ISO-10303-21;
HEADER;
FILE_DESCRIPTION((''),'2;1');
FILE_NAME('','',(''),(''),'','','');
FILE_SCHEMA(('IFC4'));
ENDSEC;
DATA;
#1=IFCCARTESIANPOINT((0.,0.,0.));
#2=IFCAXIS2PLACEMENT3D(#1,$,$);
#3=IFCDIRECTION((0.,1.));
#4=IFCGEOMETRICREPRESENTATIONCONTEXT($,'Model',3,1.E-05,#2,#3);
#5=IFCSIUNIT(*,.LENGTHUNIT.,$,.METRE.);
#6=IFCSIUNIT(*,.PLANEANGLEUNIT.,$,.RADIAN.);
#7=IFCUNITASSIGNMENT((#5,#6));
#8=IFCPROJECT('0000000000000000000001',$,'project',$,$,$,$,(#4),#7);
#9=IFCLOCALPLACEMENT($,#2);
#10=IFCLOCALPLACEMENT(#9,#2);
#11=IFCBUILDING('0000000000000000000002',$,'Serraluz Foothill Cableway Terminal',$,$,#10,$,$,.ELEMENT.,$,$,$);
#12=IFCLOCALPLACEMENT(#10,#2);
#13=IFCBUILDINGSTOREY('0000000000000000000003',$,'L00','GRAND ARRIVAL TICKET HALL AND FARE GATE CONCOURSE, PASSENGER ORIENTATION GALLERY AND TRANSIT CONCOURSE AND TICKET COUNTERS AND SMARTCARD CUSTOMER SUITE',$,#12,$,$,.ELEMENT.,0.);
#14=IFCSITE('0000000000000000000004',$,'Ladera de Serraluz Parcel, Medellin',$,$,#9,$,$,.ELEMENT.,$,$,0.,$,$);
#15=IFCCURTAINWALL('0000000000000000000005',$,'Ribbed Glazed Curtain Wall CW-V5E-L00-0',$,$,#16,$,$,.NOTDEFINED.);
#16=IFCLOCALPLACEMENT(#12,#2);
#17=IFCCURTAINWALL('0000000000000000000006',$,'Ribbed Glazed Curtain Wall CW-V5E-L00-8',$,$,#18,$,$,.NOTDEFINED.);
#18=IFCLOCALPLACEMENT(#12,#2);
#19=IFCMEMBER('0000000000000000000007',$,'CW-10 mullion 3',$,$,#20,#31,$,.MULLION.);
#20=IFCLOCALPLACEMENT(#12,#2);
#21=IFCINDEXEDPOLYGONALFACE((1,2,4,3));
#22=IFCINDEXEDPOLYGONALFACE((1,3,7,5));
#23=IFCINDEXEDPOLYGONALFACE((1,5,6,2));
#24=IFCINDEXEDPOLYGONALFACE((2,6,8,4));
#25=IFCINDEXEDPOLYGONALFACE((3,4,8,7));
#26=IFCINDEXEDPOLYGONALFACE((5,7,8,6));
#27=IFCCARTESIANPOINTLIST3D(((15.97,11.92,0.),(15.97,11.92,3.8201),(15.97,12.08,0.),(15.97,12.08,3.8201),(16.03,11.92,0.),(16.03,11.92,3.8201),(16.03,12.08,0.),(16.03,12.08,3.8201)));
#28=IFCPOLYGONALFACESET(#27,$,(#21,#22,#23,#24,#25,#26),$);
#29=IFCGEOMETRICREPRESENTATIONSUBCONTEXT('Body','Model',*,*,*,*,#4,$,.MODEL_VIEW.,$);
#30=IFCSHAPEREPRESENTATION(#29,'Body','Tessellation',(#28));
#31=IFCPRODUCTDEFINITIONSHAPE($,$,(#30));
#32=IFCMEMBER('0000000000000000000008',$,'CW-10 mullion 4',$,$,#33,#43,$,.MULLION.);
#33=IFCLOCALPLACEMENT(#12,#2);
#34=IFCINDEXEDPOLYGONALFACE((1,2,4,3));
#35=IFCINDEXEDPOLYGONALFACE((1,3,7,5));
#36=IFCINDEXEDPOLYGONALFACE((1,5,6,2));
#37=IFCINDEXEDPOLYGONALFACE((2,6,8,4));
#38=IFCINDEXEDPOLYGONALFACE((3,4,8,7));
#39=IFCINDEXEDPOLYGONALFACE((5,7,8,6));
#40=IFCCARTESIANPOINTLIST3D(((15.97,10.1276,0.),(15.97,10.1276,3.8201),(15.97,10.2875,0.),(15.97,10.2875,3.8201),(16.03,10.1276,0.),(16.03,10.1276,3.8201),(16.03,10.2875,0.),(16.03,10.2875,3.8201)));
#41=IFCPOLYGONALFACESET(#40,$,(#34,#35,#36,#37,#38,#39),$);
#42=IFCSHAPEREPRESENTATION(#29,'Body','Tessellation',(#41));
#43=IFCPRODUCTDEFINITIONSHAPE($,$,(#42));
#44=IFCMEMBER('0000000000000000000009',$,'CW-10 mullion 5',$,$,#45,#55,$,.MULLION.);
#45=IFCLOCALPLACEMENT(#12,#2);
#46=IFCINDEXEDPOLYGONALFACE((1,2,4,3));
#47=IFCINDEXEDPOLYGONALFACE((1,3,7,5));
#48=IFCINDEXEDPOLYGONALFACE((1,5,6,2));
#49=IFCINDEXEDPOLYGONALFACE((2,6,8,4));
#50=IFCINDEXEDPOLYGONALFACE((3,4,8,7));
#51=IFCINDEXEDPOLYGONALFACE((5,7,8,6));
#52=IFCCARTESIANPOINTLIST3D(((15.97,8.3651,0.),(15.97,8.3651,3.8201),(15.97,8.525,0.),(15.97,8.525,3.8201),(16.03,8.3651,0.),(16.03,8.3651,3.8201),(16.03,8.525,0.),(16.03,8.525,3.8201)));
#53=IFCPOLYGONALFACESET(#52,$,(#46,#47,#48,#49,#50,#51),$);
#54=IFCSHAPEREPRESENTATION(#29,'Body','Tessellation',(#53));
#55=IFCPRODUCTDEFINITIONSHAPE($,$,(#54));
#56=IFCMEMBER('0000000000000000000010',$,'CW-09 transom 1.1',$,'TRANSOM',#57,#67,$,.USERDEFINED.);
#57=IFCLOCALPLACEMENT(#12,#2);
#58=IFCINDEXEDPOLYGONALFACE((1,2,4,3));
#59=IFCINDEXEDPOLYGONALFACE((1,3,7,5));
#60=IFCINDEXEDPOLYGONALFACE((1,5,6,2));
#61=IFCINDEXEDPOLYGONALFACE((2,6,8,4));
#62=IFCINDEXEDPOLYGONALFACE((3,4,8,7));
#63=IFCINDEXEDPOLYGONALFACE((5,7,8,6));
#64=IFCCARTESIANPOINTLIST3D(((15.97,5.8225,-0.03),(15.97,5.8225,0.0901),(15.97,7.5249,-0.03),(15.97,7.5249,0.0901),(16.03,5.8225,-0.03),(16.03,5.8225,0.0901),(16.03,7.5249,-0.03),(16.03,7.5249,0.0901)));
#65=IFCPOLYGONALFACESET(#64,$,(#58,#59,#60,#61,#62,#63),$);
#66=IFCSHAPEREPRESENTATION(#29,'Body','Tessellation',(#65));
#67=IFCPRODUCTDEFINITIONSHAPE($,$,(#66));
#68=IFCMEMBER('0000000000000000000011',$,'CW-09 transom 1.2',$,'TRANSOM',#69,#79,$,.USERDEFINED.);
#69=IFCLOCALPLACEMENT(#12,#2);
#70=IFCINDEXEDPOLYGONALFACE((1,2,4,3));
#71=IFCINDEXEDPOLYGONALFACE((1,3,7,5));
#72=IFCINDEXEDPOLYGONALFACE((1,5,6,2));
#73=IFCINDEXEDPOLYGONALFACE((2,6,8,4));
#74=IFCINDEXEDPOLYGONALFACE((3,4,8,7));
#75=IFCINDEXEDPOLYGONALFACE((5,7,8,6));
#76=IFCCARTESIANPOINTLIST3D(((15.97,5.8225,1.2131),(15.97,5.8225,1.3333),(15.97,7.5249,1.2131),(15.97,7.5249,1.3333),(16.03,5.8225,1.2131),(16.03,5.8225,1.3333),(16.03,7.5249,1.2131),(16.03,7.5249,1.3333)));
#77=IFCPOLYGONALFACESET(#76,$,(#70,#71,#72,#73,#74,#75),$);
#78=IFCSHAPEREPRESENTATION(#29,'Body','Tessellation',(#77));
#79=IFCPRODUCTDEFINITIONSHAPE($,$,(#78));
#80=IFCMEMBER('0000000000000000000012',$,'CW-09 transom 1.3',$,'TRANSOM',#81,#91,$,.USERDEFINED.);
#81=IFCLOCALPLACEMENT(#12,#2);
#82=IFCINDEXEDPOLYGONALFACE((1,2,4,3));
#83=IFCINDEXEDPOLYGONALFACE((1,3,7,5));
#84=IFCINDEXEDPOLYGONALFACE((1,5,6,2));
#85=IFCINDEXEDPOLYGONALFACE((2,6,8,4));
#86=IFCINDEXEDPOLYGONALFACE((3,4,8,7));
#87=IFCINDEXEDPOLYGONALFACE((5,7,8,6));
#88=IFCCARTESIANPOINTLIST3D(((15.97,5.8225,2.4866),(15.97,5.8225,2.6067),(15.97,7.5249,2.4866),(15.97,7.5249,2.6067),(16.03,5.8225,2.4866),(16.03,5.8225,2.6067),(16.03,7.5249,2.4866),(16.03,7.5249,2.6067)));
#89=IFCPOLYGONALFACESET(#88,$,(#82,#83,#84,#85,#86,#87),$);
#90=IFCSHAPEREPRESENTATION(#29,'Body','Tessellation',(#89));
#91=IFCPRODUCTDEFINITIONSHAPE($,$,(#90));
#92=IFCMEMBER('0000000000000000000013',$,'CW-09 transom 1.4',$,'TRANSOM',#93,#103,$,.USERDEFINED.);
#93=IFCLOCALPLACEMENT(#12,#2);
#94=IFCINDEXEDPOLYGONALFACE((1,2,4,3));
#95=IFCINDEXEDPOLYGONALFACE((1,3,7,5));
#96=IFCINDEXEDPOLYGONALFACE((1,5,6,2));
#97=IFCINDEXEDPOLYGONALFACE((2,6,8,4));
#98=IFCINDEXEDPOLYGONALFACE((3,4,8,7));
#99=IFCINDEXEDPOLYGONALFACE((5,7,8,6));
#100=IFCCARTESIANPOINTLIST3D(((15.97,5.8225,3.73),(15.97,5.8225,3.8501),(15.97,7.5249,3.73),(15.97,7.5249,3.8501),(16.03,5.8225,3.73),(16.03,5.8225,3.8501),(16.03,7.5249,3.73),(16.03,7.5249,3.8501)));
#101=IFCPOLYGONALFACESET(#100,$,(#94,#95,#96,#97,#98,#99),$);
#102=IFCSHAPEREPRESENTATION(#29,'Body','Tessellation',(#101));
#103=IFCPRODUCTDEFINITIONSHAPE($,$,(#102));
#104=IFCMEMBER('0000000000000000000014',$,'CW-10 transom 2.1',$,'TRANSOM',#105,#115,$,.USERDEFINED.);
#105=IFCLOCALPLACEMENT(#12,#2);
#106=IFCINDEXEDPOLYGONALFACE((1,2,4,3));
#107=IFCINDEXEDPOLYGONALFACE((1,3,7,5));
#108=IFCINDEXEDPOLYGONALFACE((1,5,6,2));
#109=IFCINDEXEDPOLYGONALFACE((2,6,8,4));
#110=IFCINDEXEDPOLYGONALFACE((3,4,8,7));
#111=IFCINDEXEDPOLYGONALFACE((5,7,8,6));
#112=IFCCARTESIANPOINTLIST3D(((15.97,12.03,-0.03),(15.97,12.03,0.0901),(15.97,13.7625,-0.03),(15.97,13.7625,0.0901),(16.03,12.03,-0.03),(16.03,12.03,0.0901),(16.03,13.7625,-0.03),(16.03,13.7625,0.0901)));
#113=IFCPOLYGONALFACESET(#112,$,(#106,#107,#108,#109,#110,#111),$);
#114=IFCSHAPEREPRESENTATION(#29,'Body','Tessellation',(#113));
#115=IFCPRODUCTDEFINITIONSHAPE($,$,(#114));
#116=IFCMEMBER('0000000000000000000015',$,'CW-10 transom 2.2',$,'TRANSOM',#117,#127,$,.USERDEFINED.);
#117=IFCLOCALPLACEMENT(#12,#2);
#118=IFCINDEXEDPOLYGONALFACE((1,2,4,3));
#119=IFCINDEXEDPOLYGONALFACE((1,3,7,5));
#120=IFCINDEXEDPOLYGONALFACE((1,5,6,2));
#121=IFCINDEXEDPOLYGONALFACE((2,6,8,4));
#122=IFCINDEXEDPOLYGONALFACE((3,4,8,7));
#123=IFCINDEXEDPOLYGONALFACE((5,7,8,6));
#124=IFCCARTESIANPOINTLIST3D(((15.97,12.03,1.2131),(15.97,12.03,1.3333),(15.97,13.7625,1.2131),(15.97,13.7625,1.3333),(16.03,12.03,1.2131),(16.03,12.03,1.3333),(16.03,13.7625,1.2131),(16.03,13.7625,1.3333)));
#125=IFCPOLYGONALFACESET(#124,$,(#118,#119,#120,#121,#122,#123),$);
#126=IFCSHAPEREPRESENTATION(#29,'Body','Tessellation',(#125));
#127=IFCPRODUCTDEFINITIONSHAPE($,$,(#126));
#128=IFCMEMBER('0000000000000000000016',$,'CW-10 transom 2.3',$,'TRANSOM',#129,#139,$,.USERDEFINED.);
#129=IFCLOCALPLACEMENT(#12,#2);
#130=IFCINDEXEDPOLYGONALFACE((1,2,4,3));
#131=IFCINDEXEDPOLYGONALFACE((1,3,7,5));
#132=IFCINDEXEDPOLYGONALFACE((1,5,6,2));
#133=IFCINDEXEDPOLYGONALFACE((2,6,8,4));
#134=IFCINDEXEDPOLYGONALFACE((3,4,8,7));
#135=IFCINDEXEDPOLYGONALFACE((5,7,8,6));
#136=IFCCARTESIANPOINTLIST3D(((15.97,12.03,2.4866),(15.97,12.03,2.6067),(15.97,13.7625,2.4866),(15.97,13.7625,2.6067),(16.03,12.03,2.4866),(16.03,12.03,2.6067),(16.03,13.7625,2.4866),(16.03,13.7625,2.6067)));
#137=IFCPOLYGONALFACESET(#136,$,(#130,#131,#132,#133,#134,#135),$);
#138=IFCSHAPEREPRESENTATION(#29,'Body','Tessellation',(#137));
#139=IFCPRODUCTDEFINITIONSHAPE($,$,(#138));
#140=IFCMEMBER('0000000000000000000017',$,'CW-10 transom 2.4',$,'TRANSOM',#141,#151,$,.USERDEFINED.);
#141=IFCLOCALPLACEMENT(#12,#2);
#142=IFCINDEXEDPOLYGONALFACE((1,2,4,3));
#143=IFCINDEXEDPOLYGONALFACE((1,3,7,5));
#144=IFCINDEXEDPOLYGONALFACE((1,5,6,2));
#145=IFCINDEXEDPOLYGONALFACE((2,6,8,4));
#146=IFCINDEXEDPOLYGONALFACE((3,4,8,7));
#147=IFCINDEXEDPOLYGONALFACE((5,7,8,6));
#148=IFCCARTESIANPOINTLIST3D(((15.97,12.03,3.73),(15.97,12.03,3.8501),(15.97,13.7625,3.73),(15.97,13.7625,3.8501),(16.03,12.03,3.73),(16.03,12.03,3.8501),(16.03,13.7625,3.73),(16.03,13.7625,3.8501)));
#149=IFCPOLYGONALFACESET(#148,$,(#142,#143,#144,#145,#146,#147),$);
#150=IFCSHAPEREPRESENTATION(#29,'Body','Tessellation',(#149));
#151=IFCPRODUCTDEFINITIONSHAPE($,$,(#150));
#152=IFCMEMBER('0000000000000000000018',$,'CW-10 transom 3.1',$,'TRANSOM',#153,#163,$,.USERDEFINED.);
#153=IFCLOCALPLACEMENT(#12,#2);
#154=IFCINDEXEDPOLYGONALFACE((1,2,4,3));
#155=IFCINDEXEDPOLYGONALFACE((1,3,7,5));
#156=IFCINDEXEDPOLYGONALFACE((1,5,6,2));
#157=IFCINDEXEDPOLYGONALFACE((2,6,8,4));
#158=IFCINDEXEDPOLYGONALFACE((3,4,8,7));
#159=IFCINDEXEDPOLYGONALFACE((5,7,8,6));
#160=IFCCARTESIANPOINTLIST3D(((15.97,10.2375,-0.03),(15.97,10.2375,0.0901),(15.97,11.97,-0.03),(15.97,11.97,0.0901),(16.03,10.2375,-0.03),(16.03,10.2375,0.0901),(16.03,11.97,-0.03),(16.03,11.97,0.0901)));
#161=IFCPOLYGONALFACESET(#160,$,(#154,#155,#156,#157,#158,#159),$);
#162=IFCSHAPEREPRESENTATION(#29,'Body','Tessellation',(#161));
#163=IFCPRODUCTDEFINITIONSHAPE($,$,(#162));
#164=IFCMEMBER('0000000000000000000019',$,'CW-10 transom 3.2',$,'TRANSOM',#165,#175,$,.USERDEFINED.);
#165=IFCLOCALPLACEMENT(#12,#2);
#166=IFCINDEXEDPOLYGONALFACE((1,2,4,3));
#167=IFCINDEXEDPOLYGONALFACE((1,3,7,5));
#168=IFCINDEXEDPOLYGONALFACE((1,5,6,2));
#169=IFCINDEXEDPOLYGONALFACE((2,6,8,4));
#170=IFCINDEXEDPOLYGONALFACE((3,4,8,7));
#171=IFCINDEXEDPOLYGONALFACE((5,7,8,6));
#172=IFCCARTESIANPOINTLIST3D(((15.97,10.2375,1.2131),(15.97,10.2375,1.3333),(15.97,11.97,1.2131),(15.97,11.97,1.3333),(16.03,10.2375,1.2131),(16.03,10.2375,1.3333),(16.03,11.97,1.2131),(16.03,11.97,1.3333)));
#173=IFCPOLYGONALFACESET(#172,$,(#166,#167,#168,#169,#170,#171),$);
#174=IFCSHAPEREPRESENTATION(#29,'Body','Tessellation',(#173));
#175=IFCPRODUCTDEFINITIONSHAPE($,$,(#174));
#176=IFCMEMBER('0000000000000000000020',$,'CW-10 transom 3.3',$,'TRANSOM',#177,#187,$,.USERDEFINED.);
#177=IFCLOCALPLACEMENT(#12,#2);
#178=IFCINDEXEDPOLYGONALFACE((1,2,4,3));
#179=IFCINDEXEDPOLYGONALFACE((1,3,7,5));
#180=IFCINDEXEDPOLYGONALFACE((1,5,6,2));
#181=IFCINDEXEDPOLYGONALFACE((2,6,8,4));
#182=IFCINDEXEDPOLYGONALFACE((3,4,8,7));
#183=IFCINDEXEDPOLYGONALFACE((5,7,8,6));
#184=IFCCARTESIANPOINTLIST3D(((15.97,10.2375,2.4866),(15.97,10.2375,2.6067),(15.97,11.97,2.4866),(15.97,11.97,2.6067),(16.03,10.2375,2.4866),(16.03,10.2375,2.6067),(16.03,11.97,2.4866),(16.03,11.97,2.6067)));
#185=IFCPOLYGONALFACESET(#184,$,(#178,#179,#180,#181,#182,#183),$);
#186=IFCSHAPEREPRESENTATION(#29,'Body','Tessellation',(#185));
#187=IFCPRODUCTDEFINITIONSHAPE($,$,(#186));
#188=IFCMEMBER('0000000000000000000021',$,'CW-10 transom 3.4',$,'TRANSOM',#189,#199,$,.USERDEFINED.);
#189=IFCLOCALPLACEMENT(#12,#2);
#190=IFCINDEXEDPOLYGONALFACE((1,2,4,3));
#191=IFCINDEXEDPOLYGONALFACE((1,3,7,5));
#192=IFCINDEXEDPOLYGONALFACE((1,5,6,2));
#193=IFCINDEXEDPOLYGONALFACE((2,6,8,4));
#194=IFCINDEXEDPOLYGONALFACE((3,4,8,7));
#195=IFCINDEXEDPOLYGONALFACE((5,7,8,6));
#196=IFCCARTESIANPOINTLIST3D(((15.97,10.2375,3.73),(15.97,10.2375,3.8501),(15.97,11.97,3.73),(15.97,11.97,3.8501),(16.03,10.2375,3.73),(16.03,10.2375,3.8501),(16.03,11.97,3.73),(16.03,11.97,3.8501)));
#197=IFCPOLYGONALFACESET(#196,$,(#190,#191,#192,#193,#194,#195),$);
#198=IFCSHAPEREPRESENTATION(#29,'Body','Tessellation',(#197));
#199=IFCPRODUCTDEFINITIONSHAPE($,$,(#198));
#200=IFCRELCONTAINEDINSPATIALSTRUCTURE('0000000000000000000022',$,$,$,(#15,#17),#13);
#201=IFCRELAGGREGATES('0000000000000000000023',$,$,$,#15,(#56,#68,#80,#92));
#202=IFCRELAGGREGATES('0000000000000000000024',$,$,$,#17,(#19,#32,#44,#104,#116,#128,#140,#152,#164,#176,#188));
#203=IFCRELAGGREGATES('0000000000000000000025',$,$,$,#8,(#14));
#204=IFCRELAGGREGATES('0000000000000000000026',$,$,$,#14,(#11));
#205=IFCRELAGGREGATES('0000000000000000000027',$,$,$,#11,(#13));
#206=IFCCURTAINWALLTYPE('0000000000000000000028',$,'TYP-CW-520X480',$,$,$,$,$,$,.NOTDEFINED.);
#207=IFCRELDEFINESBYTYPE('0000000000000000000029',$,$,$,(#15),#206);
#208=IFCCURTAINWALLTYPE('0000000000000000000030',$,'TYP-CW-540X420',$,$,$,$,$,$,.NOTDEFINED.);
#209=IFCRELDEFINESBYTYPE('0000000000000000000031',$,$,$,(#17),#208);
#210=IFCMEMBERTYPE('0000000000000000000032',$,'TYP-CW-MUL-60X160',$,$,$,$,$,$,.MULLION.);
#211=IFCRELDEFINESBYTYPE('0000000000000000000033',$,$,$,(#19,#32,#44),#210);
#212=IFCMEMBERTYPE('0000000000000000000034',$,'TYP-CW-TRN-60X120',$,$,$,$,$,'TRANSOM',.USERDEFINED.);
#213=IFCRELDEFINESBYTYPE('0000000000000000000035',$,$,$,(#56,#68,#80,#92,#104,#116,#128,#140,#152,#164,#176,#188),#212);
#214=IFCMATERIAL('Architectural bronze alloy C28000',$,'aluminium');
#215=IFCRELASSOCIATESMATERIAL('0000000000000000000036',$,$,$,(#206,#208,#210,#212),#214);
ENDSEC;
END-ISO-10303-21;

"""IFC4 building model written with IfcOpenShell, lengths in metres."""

from ifc_helpers import new_model, si_unit, direction, frame, origin, origin_2d, place, context, subcontext, project, spatial, rectangle, extrude, material, material_profile, profile_set, type_object, element, aggregate, save


model = new_model("IFC4")

# Units and contexts
model_context = context("Model", 3, precision=1e-05, world=origin(), true_north=direction((0.0, 1.0)))
body_context = subcontext(model_context, "Body", "Model", "MODEL_VIEW")
ifc_project = project(units=[si_unit("LENGTHUNIT", "METRE"), si_unit("PLANEANGLEUNIT", "RADIAN")], contexts=[model_context])

# Site, building, storey
site_placement = place(None, origin())
site = spatial("IfcSite", under=ifc_project, at=site_placement, Name="Ladera de Serraluz Parcel, Medellin", CompositionType="ELEMENT", RefElevation=0.0)
building_placement = place(site_placement, origin())
building = spatial("IfcBuilding", under=site, at=building_placement, Name="Serraluz Foothill Cableway Terminal", CompositionType="ELEMENT")
storey_placement = place(building_placement, origin())
storey = spatial("IfcBuildingStorey", under=building, at=storey_placement, Name="L00", Description="GRAND ARRIVAL TICKET HALL AND FARE GATE CONCOURSE, PASSENGER ORIENTATION GALLERY AND TRANSIT CONCOURSE AND TICKET COUNTERS AND SMARTCARD CUSTOMER SUITE", CompositionType="ELEMENT", Elevation=0.0)

# Curtain wall
ifc_material_1 = material(Name="Architectural bronze alloy C28000", Category="aluminium")
curtain_wall_type_1 = type_object("IfcCurtainWallType", Name="TYP-CW-520X480", PredefinedType="NOTDEFINED", material=ifc_material_1)
curtain_wall_1_placement = place(storey_placement, origin())
curtain_wall_1 = element("IfcCurtainWall", 1, at=curtain_wall_1_placement, inside=storey, type_object=curtain_wall_type_1, Name="Ribbed Glazed Curtain Wall CW-V5E-L00-0", PredefinedType="NOTDEFINED")
ifc_material_profile_1 = material_profile(ifc_material_1, rectangle(XDim=0.0601, YDim=0.1599, at=origin_2d()), Name="ALU MULLION 60x160")
ifc_profile_set_1 = profile_set([ifc_material_profile_1], Name="Architectural bronze alloy C28000")
member_type_1 = type_object("IfcMemberType", Name="TYP-CW-MUL-60X160", PredefinedType="MULLION", material=ifc_profile_set_1)

# Curtain wall, members
curtain_wall_type_2 = type_object("IfcCurtainWallType", Name="TYP-CW-540X420", PredefinedType="NOTDEFINED", material=ifc_material_1)
curtain_wall_2_placement = place(storey_placement, origin())
curtain_wall_2 = element("IfcCurtainWall", 2, at=curtain_wall_2_placement, inside=storey, type_object=curtain_wall_type_2, Name="Ribbed Glazed Curtain Wall CW-V5E-L00-8", PredefinedType="NOTDEFINED")
member_1_placement = place(storey_placement, frame((16.0, 12.0, 0.0), z_axis=(0.0, 0.0, 1.0), x_axis=(1.0, 0.0, 0.0)))
member_1 = element("IfcMember", 3, at=member_1_placement, type_object=member_type_1, Name="CW-10 mullion 3", PredefinedType="MULLION", context=body_context, shape_type="SweptSolid", body=[
    extrude(rectangle(XDim=0.0601, YDim=0.1599, at=origin_2d()), origin(), (0.0, 0.0, 1.0), 3.8201),
])
member_2_placement = place(storey_placement, frame((16.0, 10.2075, 0.0), z_axis=(0.0, 0.0, 1.0), x_axis=(1.0, 0.0, 0.0)))
member_2 = element("IfcMember", 4, at=member_2_placement, type_object=member_type_1, Name="CW-10 mullion 4", PredefinedType="MULLION", context=body_context, shape_type="SweptSolid", body=[
    extrude(rectangle(XDim=0.0601, YDim=0.1599, at=origin_2d()), origin(), (0.0, 0.0, 1.0), 3.8201),
])
member_3_placement = place(storey_placement, frame((16.0, 8.4451, 0.0), z_axis=(0.0, 0.0, 1.0), x_axis=(1.0, 0.0, 0.0)))
member_3 = element("IfcMember", 5, at=member_3_placement, type_object=member_type_1, Name="CW-10 mullion 5", PredefinedType="MULLION", context=body_context, shape_type="SweptSolid", body=[
    extrude(rectangle(XDim=0.0601, YDim=0.1599, at=origin_2d()), origin(), (0.0, 0.0, 1.0), 3.8201),
])

# Members
ifc_material_profile_2 = material_profile(ifc_material_1, rectangle(XDim=0.0601, YDim=0.1201, at=origin_2d()), Name="ALU TRANSOM 60x120")
ifc_profile_set_2 = profile_set([ifc_material_profile_2], Name="Architectural bronze alloy C28000")
member_type_2 = type_object("IfcMemberType", Name="TYP-CW-TRN-60X120", ElementType="TRANSOM", PredefinedType="USERDEFINED", material=ifc_profile_set_2)
member_4_placement = place(storey_placement, frame((16.0, 7.5249, 0.03), z_axis=(0.0, -1.0, 0.0), x_axis=(1.0, 0.0, 0.0)))
member_4 = element("IfcMember", 6, at=member_4_placement, type_object=member_type_2, Name="CW-09 transom 1.1", ObjectType="TRANSOM", PredefinedType="USERDEFINED", context=body_context, shape_type="SweptSolid", body=[
    extrude(rectangle(XDim=0.0601, YDim=0.1201, at=origin_2d()), origin(), (0.0, 0.0, 1.0), 1.7024),
])
member_5_placement = place(storey_placement, frame((16.0, 7.5249, 1.2732), z_axis=(0.0, -1.0, 0.0), x_axis=(1.0, 0.0, 0.0)))
member_5 = element("IfcMember", 7, at=member_5_placement, type_object=member_type_2, Name="CW-09 transom 1.2", ObjectType="TRANSOM", PredefinedType="USERDEFINED", context=body_context, shape_type="SweptSolid", body=[
    extrude(rectangle(XDim=0.0601, YDim=0.1201, at=origin_2d()), origin(), (0.0, 0.0, 1.0), 1.7024),
])
member_6_placement = place(storey_placement, frame((16.0, 7.5249, 2.5466), z_axis=(0.0, -1.0, 0.0), x_axis=(1.0, 0.0, 0.0)))
member_6 = element("IfcMember", 8, at=member_6_placement, type_object=member_type_2, Name="CW-09 transom 1.3", ObjectType="TRANSOM", PredefinedType="USERDEFINED", context=body_context, shape_type="SweptSolid", body=[
    extrude(rectangle(XDim=0.0601, YDim=0.1201, at=origin_2d()), origin(), (0.0, 0.0, 1.0), 1.7024),
])
member_7_placement = place(storey_placement, frame((16.0, 7.5249, 3.79), z_axis=(0.0, -1.0, 0.0), x_axis=(1.0, 0.0, 0.0)))
member_7 = element("IfcMember", 9, at=member_7_placement, type_object=member_type_2, Name="CW-09 transom 1.4", ObjectType="TRANSOM", PredefinedType="USERDEFINED", context=body_context, shape_type="SweptSolid", body=[
    extrude(rectangle(XDim=0.0601, YDim=0.1201, at=origin_2d()), origin(), (0.0, 0.0, 1.0), 1.7024),
])
member_8_placement = place(storey_placement, frame((16.0, 13.7625, 0.03), z_axis=(0.0, -1.0, 0.0), x_axis=(1.0, 0.0, 0.0)))
member_8 = element("IfcMember", 10, at=member_8_placement, type_object=member_type_2, Name="CW-10 transom 2.1", ObjectType="TRANSOM", PredefinedType="USERDEFINED", context=body_context, shape_type="SweptSolid", body=[
    extrude(rectangle(XDim=0.0601, YDim=0.1201, at=origin_2d()), origin(), (0.0, 0.0, 1.0), 1.7324),
])
member_9_placement = place(storey_placement, frame((16.0, 13.7625, 1.2732), z_axis=(0.0, -1.0, 0.0), x_axis=(1.0, 0.0, 0.0)))
member_9 = element("IfcMember", 11, at=member_9_placement, type_object=member_type_2, Name="CW-10 transom 2.2", ObjectType="TRANSOM", PredefinedType="USERDEFINED", context=body_context, shape_type="SweptSolid", body=[
    extrude(rectangle(XDim=0.0601, YDim=0.1201, at=origin_2d()), origin(), (0.0, 0.0, 1.0), 1.7324),
])
member_10_placement = place(storey_placement, frame((16.0, 13.7625, 2.5466), z_axis=(0.0, -1.0, 0.0), x_axis=(1.0, 0.0, 0.0)))
member_10 = element("IfcMember", 12, at=member_10_placement, type_object=member_type_2, Name="CW-10 transom 2.3", ObjectType="TRANSOM", PredefinedType="USERDEFINED", context=body_context, shape_type="SweptSolid", body=[
    extrude(rectangle(XDim=0.0601, YDim=0.1201, at=origin_2d()), origin(), (0.0, 0.0, 1.0), 1.7324),
])
member_11_placement = place(storey_placement, frame((16.0, 13.7625, 3.79), z_axis=(0.0, -1.0, 0.0), x_axis=(1.0, 0.0, 0.0)))
member_11 = element("IfcMember", 13, at=member_11_placement, type_object=member_type_2, Name="CW-10 transom 2.4", ObjectType="TRANSOM", PredefinedType="USERDEFINED", context=body_context, shape_type="SweptSolid", body=[
    extrude(rectangle(XDim=0.0601, YDim=0.1201, at=origin_2d()), origin(), (0.0, 0.0, 1.0), 1.7324),
])
member_12_placement = place(storey_placement, frame((16.0, 11.97, 0.03), z_axis=(0.0, -1.0, 0.0), x_axis=(1.0, 0.0, 0.0)))
member_12 = element("IfcMember", 14, at=member_12_placement, type_object=member_type_2, Name="CW-10 transom 3.1", ObjectType="TRANSOM", PredefinedType="USERDEFINED", context=body_context, shape_type="SweptSolid", body=[
    extrude(rectangle(XDim=0.0601, YDim=0.1201, at=origin_2d()), origin(), (0.0, 0.0, 1.0), 1.7324),
])
member_13_placement = place(storey_placement, frame((16.0, 11.97, 1.2732), z_axis=(0.0, -1.0, 0.0), x_axis=(1.0, 0.0, 0.0)))
member_13 = element("IfcMember", 15, at=member_13_placement, type_object=member_type_2, Name="CW-10 transom 3.2", ObjectType="TRANSOM", PredefinedType="USERDEFINED", context=body_context, shape_type="SweptSolid", body=[
    extrude(rectangle(XDim=0.0601, YDim=0.1201, at=origin_2d()), origin(), (0.0, 0.0, 1.0), 1.7324),
])
member_14_placement = place(storey_placement, frame((16.0, 11.97, 2.5466), z_axis=(0.0, -1.0, 0.0), x_axis=(1.0, 0.0, 0.0)))
member_14 = element("IfcMember", 16, at=member_14_placement, type_object=member_type_2, Name="CW-10 transom 3.3", ObjectType="TRANSOM", PredefinedType="USERDEFINED", context=body_context, shape_type="SweptSolid", body=[
    extrude(rectangle(XDim=0.0601, YDim=0.1201, at=origin_2d()), origin(), (0.0, 0.0, 1.0), 1.7324),
])
member_15_placement = place(storey_placement, frame((16.0, 11.97, 3.79), z_axis=(0.0, -1.0, 0.0), x_axis=(1.0, 0.0, 0.0)))
member_15 = element("IfcMember", 17, at=member_15_placement, type_object=member_type_2, Name="CW-10 transom 3.4", ObjectType="TRANSOM", PredefinedType="USERDEFINED", context=body_context, shape_type="SweptSolid", body=[
    extrude(rectangle(XDim=0.0601, YDim=0.1201, at=origin_2d()), origin(), (0.0, 0.0, 1.0), 1.7324),
])

aggregate(curtain_wall_1, [member_4, member_5, member_6, member_7])
aggregate(curtain_wall_2, [member_1, member_2, member_3, member_8, member_9, member_10, member_11, member_12, member_13, member_14, member_15])

save(model, "model.ifc")
